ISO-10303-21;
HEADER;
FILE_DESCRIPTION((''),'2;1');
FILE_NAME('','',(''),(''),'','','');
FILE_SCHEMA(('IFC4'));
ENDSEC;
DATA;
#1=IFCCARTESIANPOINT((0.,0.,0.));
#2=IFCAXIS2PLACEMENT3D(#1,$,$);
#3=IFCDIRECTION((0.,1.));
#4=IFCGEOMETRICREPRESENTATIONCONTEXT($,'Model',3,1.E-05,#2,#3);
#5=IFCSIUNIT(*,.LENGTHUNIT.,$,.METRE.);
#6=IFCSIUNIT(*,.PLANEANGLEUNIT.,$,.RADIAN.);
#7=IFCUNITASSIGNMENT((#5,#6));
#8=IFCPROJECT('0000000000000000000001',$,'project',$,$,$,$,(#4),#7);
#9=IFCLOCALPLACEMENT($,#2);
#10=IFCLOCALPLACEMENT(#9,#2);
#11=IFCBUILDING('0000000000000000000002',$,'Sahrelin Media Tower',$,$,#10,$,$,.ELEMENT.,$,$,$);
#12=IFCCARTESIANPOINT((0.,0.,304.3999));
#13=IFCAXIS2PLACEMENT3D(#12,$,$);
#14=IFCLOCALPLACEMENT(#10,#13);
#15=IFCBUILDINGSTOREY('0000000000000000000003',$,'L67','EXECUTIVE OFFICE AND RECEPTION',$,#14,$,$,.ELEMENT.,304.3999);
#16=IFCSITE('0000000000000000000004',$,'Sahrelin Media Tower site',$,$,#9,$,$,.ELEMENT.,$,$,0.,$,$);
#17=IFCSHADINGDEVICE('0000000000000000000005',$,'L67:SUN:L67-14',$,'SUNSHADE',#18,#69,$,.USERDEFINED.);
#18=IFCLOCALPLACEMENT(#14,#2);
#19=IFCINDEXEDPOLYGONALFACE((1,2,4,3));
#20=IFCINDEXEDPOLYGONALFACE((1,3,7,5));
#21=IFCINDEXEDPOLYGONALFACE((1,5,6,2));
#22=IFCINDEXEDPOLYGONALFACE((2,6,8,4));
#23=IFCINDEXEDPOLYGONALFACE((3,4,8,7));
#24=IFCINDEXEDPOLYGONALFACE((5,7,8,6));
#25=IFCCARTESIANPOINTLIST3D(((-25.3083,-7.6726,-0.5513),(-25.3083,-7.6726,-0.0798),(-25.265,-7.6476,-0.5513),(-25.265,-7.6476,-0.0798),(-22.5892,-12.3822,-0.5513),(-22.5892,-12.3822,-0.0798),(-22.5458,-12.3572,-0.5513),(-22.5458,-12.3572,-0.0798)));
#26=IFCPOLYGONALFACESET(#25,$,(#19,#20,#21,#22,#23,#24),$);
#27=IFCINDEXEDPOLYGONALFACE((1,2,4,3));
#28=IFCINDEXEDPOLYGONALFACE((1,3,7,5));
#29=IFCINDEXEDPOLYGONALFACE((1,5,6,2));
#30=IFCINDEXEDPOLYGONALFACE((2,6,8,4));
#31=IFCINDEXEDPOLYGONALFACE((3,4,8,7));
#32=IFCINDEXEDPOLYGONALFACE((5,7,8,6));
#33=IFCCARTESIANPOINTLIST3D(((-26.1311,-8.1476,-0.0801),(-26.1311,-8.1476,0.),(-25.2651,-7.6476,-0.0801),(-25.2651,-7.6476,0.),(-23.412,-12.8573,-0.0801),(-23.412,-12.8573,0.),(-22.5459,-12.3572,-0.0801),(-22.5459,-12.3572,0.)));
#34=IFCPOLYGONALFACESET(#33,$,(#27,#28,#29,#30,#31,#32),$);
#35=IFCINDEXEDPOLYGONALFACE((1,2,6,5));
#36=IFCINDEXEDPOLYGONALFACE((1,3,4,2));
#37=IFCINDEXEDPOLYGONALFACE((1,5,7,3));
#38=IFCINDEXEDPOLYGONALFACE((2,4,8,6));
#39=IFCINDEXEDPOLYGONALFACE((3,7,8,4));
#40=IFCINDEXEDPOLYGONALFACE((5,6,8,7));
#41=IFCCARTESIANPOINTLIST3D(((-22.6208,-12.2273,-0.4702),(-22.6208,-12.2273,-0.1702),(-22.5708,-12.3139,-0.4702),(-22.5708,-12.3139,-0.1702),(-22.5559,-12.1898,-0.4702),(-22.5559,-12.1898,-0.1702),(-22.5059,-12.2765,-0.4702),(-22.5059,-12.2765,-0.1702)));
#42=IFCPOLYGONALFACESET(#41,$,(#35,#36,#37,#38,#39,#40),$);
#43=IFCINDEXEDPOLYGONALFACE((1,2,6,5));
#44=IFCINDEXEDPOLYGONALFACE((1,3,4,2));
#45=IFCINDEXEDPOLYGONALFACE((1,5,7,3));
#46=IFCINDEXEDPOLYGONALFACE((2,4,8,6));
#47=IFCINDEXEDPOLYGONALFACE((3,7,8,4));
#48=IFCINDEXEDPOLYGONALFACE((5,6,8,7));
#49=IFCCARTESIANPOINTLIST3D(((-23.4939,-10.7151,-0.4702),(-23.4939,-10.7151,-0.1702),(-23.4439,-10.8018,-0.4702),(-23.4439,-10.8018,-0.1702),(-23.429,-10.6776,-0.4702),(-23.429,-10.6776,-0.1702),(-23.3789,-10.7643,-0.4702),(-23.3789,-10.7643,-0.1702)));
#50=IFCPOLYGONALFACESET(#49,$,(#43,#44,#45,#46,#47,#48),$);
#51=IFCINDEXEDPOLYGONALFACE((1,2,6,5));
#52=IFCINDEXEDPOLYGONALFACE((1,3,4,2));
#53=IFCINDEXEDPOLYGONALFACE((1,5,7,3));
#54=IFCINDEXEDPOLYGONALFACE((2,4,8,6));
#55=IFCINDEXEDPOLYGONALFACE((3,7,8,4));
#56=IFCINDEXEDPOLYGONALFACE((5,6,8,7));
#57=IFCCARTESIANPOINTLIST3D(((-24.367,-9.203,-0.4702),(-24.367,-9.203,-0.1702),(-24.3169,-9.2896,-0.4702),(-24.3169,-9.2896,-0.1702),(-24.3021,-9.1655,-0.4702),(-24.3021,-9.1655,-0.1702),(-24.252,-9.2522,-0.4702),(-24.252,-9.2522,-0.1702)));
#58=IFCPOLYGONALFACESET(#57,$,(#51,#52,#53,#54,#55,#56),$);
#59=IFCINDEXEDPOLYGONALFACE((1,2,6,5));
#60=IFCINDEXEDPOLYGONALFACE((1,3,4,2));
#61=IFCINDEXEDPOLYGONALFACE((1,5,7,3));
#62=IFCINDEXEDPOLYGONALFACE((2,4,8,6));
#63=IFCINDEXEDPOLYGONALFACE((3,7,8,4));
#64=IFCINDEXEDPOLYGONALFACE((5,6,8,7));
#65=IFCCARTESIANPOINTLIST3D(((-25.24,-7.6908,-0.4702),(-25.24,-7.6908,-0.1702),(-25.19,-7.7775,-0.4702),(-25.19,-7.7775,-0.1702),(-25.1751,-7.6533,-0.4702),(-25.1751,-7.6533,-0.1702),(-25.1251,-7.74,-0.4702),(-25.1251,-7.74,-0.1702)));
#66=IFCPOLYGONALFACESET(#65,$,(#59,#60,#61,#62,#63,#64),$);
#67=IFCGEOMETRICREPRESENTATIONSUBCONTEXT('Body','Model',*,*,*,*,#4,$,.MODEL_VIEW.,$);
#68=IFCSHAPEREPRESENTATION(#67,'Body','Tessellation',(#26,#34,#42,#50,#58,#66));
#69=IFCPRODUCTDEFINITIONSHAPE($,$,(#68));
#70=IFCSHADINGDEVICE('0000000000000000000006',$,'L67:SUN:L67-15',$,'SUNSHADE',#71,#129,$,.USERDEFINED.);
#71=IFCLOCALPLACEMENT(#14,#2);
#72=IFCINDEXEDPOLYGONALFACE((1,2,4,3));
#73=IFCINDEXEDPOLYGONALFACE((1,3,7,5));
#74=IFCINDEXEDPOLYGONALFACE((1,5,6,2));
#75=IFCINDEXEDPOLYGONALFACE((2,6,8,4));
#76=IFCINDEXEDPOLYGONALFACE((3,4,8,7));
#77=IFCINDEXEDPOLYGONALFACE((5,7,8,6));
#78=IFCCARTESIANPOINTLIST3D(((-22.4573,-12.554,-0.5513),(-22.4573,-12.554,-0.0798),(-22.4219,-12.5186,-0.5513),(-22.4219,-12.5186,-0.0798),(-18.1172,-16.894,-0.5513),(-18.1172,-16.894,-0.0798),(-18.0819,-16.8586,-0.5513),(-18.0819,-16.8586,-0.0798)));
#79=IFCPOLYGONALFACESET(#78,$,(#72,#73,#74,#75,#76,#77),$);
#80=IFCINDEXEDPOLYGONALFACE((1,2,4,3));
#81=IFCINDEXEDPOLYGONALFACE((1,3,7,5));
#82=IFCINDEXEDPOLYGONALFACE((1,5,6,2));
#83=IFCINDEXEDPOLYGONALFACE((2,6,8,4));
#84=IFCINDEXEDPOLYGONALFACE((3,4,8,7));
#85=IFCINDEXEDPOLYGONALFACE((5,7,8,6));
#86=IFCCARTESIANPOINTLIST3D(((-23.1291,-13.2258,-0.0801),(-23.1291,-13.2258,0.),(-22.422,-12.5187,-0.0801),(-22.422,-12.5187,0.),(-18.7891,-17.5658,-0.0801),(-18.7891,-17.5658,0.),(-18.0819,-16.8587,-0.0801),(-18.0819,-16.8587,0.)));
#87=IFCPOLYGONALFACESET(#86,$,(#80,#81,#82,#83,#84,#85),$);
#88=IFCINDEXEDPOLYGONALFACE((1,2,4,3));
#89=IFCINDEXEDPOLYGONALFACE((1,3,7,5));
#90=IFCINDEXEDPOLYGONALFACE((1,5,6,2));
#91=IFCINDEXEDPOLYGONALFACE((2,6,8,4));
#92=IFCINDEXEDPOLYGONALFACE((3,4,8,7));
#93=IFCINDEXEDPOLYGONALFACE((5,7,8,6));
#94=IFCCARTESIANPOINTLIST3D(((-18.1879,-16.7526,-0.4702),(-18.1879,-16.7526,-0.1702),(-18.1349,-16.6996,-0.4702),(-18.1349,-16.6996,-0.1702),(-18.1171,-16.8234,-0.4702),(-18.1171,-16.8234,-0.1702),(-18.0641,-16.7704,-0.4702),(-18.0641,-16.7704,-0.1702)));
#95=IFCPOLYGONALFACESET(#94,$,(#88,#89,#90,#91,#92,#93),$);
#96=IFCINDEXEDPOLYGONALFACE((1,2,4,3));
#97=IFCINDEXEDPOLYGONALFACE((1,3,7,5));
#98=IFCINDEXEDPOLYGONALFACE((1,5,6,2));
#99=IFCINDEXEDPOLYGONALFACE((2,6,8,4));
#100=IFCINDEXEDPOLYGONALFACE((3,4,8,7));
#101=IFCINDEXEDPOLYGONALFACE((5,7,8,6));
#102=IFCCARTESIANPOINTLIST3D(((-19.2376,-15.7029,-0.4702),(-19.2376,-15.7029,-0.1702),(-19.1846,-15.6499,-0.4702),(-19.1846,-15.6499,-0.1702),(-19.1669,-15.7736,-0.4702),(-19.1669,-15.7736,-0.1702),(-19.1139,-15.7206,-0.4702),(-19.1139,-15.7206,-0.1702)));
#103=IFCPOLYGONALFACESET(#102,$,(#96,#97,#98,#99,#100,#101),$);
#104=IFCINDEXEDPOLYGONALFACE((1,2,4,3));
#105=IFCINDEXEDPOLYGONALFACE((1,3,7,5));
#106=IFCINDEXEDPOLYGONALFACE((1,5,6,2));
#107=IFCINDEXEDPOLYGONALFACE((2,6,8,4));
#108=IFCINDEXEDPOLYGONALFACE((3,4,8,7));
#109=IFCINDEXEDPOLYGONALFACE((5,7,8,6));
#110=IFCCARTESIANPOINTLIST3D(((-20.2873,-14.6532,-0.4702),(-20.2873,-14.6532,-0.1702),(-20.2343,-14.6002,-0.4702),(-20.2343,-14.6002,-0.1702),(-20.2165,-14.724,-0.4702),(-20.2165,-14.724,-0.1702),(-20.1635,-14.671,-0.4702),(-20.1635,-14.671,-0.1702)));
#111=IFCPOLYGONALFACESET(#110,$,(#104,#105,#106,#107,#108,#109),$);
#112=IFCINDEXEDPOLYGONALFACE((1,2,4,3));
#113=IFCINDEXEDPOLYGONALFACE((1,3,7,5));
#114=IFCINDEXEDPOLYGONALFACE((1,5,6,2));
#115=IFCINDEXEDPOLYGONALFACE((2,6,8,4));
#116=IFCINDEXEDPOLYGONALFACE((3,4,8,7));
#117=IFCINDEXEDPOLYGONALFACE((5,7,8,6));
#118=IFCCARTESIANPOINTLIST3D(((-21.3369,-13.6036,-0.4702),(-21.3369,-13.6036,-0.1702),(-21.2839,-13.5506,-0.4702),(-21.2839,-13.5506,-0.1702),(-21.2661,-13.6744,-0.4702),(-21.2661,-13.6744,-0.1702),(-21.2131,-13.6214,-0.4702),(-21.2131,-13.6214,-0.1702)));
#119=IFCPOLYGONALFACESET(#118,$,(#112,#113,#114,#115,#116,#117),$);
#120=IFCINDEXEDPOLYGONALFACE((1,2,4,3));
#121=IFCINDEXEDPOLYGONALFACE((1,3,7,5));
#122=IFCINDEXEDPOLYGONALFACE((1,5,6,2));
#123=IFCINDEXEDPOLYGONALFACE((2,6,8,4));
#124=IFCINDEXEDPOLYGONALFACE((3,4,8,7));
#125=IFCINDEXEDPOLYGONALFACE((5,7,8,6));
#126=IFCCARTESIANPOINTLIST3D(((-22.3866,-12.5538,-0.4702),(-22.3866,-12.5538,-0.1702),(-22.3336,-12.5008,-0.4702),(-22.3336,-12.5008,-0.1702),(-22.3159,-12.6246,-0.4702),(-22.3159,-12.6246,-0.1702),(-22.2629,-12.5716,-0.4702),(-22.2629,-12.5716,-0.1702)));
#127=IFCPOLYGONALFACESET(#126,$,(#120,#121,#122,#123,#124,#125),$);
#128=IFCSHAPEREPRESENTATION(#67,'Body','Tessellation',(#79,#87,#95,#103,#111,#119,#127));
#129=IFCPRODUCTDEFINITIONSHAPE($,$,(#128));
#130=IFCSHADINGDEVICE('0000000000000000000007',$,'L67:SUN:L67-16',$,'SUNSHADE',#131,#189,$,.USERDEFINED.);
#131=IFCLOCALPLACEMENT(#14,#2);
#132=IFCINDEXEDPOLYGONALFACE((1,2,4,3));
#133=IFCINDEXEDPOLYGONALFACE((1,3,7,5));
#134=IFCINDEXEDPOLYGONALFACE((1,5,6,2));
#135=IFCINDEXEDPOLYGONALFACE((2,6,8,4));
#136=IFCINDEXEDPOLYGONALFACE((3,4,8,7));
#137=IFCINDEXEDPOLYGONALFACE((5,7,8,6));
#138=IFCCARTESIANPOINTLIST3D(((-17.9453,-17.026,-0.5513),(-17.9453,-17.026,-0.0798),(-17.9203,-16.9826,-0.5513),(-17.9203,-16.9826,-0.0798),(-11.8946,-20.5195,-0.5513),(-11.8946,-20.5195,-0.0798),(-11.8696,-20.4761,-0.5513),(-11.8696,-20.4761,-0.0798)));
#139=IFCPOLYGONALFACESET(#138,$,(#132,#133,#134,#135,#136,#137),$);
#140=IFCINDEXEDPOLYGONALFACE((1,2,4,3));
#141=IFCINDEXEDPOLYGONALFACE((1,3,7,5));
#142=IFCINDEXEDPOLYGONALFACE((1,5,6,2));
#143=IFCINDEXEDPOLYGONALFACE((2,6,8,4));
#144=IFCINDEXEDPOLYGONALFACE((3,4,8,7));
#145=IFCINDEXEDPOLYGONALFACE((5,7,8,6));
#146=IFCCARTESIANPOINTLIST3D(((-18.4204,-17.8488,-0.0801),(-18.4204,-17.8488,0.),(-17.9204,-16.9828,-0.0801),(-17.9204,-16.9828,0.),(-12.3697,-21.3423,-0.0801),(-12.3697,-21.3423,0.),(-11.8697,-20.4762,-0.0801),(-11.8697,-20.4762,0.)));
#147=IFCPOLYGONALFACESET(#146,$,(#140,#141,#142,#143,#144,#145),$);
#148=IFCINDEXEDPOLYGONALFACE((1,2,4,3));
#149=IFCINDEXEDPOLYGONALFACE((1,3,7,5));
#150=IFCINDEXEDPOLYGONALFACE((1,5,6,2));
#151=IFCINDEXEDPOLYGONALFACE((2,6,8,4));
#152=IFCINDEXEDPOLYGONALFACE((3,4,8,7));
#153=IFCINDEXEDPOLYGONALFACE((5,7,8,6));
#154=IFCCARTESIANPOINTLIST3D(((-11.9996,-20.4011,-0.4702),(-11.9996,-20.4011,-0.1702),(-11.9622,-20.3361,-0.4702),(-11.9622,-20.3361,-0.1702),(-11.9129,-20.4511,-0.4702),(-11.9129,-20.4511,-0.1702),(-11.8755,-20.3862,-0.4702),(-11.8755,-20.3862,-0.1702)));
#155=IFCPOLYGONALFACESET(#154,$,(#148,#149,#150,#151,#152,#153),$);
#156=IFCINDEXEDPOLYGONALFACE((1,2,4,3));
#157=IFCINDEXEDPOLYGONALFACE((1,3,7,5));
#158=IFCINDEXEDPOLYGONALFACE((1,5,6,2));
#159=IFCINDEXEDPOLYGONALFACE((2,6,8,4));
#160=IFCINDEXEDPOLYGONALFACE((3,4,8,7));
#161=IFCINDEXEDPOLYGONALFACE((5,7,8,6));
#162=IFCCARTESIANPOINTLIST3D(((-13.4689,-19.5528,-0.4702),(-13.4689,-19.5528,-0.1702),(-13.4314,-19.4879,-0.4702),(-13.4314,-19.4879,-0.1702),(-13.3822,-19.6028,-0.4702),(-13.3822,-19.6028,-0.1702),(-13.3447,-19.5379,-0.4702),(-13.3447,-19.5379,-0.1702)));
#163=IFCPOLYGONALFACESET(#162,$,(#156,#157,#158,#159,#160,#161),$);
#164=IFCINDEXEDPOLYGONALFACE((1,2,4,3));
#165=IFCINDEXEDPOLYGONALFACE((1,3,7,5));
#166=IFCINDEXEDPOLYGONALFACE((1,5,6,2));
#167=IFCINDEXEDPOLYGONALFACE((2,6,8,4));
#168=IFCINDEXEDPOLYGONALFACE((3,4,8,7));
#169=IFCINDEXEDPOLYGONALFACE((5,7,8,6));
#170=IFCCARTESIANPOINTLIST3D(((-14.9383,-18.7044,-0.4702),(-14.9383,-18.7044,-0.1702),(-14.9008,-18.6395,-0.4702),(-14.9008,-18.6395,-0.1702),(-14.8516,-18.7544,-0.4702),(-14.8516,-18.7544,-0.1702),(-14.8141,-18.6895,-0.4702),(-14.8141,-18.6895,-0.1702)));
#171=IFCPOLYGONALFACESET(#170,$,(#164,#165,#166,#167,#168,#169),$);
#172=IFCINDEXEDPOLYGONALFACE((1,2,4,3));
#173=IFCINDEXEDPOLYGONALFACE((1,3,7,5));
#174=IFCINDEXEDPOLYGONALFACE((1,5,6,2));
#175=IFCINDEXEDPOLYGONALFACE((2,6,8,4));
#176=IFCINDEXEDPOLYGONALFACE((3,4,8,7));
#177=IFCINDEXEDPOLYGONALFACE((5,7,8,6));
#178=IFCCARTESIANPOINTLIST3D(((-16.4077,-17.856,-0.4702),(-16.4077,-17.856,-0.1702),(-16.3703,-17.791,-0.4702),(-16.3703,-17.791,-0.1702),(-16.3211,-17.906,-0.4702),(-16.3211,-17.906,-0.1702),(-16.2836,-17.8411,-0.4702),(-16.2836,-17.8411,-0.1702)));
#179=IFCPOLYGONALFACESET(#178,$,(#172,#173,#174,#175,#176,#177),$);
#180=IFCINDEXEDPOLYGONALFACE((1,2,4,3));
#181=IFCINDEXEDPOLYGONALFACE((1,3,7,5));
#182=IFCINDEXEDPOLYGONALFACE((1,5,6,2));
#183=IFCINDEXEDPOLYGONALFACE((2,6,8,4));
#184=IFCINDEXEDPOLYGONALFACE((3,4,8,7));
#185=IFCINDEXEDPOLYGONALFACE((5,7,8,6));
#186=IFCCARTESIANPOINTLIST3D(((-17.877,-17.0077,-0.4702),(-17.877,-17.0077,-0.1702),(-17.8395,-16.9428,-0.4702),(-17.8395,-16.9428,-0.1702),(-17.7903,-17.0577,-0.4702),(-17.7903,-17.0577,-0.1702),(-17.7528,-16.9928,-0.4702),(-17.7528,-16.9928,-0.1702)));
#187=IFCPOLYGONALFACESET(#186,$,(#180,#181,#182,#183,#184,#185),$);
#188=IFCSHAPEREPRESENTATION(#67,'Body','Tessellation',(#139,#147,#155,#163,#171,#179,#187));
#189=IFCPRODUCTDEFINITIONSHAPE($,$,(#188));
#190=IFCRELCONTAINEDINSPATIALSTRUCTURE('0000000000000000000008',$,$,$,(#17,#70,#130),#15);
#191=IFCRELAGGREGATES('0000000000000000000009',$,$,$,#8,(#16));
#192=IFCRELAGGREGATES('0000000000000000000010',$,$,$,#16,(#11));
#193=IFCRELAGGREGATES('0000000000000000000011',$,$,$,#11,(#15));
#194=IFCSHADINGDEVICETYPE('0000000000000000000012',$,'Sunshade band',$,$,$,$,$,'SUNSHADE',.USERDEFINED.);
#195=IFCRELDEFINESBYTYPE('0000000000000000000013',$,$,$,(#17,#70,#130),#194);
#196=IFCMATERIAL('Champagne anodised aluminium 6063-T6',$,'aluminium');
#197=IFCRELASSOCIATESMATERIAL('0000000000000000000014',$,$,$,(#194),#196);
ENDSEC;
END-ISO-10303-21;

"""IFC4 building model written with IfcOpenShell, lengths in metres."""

from ifc_helpers import new_model, si_unit, direction, frame, origin, origin_2d, place, context, subcontext, project, spatial, rectangle, extrude, material, type_object, element, save


model = new_model("IFC4")

# Units and contexts
model_context = context("Model", 3, precision=1e-05, world=origin(), true_north=direction((0.0, 1.0)))
body_context = subcontext(model_context, "Body", "Model", "MODEL_VIEW")
ifc_project = project(units=[si_unit("LENGTHUNIT", "METRE"), si_unit("PLANEANGLEUNIT", "RADIAN")], contexts=[model_context])

# Site, building, storey
site_placement = place(None, origin())
site = spatial("IfcSite", under=ifc_project, at=site_placement, Name="Sahrelin Media Tower site", CompositionType="ELEMENT", RefElevation=0.0)
building_placement = place(site_placement, origin())
building = spatial("IfcBuilding", under=site, at=building_placement, Name="Sahrelin Media Tower", CompositionType="ELEMENT")
storey_placement = place(building_placement, frame((0.0, 0.0, 304.3999)))
storey = spatial("IfcBuildingStorey", under=building, at=storey_placement, Name="L67", Description="EXECUTIVE OFFICE AND RECEPTION", CompositionType="ELEMENT", Elevation=304.3999)

# Shared definitions
ifc_material_1 = material(Name="Champagne anodised aluminium 6063-T6", Category="aluminium")

# Shading devices
placement_1 = place(storey_placement, frame((-23.8882, -9.9924, 0.0), z_axis=(0.0, 0.0, 1.0), x_axis=(-0.500011, 0.866019, 0.0)))
placement_2 = place(storey_placement, frame((-20.2378, -14.6746, 0.0), z_axis=(0.0, 0.0, 1.0), x_axis=(-0.707107, 0.707107, 0.0)))
placement_3 = place(storey_placement, frame((-14.885, -18.7122, 0.0), z_axis=(0.0, 0.0, 1.0), x_axis=(-0.866019, 0.500011, 0.0)))
shading_device_type_1 = type_object("IfcShadingDeviceType", Name="Sunshade band", ElementType="SUNSHADE", PredefinedType="USERDEFINED", material=ifc_material_1)
element("IfcShadingDevice", 1, at=placement_1, inside=storey, type_object=shading_device_type_1, Name="L67:SUN:L67-14", ObjectType="SUNSHADE", PredefinedType="USERDEFINED", context=body_context, shape_type="SweptSolid", body=[
    extrude(rectangle(XDim=5.4382, YDim=0.05, at=origin_2d()), frame((0.0, 0.0449, -0.5513)), (0.0, 0.0, 1.0), 0.4714),
    extrude(rectangle(XDim=5.4382, YDim=1.0, at=origin_2d()), frame((0.0, 0.52, -0.0801)), (0.0, 0.0, 1.0), 0.0801),
    extrude(rectangle(XDim=0.1001, YDim=0.075, at=origin_2d()), frame((-2.6191, -0.0176, -0.4702)), (0.0, 0.0, 1.0), 0.3),
    extrude(rectangle(XDim=0.1001, YDim=0.075, at=origin_2d()), frame((-0.873, -0.0176, -0.4702)), (0.0, 0.0, 1.0), 0.3),
    extrude(rectangle(XDim=0.1001, YDim=0.075, at=origin_2d()), frame((0.873, -0.0176, -0.4702)), (0.0, 0.0, 1.0), 0.3),
    extrude(rectangle(XDim=0.1001, YDim=0.075, at=origin_2d()), frame((2.6191, -0.0176, -0.4702)), (0.0, 0.0, 1.0), 0.3),
])
element("IfcShadingDevice", 2, at=placement_2, inside=storey, type_object=shading_device_type_1, Name="L67:SUN:L67-15", ObjectType="SUNSHADE", PredefinedType="USERDEFINED", context=body_context, shape_type="SweptSolid", body=[
    extrude(rectangle(XDim=6.1377, YDim=0.05, at=origin_2d()), frame((0.0, 0.0449, -0.5513)), (0.0, 0.0, 1.0), 0.4714),
    extrude(rectangle(XDim=6.1377, YDim=1.0, at=origin_2d()), frame((0.0, 0.52, -0.0801)), (0.0, 0.0, 1.0), 0.0801),
    extrude(rectangle(XDim=0.1001, YDim=0.075, at=origin_2d()), frame((-2.969, -0.0176, -0.4702)), (0.0, 0.0, 1.0), 0.3),
    extrude(rectangle(XDim=0.1001, YDim=0.075, at=origin_2d()), frame((-1.4844, -0.0176, -0.4702)), (0.0, 0.0, 1.0), 0.3),
    extrude(rectangle(XDim=0.1001, YDim=0.075, at=origin_2d()), frame((0.0, -0.0176, -0.4702)), (0.0, 0.0, 1.0), 0.3),
    extrude(rectangle(XDim=0.1001, YDim=0.075, at=origin_2d()), frame((1.4844, -0.0176, -0.4702)), (0.0, 0.0, 1.0), 0.3),
    extrude(rectangle(XDim=0.1001, YDim=0.075, at=origin_2d()), frame((2.969, -0.0176, -0.4702)), (0.0, 0.0, 1.0), 0.3),
])
element("IfcShadingDevice", 3, at=placement_3, inside=storey, type_object=shading_device_type_1, Name="L67:SUN:L67-16", ObjectType="SUNSHADE", PredefinedType="USERDEFINED", context=body_context, shape_type="SweptSolid", body=[
    extrude(rectangle(XDim=6.9868, YDim=0.05, at=origin_2d()), frame((0.0, 0.0449, -0.5513)), (0.0, 0.0, 1.0), 0.4714),
    extrude(rectangle(XDim=6.9868, YDim=1.0, at=origin_2d()), frame((0.0, 0.52, -0.0801)), (0.0, 0.0, 1.0), 0.0801),
    extrude(rectangle(XDim=0.1001, YDim=0.075, at=origin_2d()), frame((-3.3933, -0.0176, -0.4702)), (0.0, 0.0, 1.0), 0.3),
    extrude(rectangle(XDim=0.1001, YDim=0.075, at=origin_2d()), frame((-1.6968, -0.0176, -0.4702)), (0.0, 0.0, 1.0), 0.3),
    extrude(rectangle(XDim=0.1001, YDim=0.075, at=origin_2d()), frame((0.0, -0.0176, -0.4702)), (0.0, 0.0, 1.0), 0.3),
    extrude(rectangle(XDim=0.1001, YDim=0.075, at=origin_2d()), frame((1.6968, -0.0176, -0.4702)), (0.0, 0.0, 1.0), 0.3),
    extrude(rectangle(XDim=0.1001, YDim=0.075, at=origin_2d()), frame((3.3933, -0.0176, -0.4702)), (0.0, 0.0, 1.0), 0.3),
])

save(model, "model.ifc")
